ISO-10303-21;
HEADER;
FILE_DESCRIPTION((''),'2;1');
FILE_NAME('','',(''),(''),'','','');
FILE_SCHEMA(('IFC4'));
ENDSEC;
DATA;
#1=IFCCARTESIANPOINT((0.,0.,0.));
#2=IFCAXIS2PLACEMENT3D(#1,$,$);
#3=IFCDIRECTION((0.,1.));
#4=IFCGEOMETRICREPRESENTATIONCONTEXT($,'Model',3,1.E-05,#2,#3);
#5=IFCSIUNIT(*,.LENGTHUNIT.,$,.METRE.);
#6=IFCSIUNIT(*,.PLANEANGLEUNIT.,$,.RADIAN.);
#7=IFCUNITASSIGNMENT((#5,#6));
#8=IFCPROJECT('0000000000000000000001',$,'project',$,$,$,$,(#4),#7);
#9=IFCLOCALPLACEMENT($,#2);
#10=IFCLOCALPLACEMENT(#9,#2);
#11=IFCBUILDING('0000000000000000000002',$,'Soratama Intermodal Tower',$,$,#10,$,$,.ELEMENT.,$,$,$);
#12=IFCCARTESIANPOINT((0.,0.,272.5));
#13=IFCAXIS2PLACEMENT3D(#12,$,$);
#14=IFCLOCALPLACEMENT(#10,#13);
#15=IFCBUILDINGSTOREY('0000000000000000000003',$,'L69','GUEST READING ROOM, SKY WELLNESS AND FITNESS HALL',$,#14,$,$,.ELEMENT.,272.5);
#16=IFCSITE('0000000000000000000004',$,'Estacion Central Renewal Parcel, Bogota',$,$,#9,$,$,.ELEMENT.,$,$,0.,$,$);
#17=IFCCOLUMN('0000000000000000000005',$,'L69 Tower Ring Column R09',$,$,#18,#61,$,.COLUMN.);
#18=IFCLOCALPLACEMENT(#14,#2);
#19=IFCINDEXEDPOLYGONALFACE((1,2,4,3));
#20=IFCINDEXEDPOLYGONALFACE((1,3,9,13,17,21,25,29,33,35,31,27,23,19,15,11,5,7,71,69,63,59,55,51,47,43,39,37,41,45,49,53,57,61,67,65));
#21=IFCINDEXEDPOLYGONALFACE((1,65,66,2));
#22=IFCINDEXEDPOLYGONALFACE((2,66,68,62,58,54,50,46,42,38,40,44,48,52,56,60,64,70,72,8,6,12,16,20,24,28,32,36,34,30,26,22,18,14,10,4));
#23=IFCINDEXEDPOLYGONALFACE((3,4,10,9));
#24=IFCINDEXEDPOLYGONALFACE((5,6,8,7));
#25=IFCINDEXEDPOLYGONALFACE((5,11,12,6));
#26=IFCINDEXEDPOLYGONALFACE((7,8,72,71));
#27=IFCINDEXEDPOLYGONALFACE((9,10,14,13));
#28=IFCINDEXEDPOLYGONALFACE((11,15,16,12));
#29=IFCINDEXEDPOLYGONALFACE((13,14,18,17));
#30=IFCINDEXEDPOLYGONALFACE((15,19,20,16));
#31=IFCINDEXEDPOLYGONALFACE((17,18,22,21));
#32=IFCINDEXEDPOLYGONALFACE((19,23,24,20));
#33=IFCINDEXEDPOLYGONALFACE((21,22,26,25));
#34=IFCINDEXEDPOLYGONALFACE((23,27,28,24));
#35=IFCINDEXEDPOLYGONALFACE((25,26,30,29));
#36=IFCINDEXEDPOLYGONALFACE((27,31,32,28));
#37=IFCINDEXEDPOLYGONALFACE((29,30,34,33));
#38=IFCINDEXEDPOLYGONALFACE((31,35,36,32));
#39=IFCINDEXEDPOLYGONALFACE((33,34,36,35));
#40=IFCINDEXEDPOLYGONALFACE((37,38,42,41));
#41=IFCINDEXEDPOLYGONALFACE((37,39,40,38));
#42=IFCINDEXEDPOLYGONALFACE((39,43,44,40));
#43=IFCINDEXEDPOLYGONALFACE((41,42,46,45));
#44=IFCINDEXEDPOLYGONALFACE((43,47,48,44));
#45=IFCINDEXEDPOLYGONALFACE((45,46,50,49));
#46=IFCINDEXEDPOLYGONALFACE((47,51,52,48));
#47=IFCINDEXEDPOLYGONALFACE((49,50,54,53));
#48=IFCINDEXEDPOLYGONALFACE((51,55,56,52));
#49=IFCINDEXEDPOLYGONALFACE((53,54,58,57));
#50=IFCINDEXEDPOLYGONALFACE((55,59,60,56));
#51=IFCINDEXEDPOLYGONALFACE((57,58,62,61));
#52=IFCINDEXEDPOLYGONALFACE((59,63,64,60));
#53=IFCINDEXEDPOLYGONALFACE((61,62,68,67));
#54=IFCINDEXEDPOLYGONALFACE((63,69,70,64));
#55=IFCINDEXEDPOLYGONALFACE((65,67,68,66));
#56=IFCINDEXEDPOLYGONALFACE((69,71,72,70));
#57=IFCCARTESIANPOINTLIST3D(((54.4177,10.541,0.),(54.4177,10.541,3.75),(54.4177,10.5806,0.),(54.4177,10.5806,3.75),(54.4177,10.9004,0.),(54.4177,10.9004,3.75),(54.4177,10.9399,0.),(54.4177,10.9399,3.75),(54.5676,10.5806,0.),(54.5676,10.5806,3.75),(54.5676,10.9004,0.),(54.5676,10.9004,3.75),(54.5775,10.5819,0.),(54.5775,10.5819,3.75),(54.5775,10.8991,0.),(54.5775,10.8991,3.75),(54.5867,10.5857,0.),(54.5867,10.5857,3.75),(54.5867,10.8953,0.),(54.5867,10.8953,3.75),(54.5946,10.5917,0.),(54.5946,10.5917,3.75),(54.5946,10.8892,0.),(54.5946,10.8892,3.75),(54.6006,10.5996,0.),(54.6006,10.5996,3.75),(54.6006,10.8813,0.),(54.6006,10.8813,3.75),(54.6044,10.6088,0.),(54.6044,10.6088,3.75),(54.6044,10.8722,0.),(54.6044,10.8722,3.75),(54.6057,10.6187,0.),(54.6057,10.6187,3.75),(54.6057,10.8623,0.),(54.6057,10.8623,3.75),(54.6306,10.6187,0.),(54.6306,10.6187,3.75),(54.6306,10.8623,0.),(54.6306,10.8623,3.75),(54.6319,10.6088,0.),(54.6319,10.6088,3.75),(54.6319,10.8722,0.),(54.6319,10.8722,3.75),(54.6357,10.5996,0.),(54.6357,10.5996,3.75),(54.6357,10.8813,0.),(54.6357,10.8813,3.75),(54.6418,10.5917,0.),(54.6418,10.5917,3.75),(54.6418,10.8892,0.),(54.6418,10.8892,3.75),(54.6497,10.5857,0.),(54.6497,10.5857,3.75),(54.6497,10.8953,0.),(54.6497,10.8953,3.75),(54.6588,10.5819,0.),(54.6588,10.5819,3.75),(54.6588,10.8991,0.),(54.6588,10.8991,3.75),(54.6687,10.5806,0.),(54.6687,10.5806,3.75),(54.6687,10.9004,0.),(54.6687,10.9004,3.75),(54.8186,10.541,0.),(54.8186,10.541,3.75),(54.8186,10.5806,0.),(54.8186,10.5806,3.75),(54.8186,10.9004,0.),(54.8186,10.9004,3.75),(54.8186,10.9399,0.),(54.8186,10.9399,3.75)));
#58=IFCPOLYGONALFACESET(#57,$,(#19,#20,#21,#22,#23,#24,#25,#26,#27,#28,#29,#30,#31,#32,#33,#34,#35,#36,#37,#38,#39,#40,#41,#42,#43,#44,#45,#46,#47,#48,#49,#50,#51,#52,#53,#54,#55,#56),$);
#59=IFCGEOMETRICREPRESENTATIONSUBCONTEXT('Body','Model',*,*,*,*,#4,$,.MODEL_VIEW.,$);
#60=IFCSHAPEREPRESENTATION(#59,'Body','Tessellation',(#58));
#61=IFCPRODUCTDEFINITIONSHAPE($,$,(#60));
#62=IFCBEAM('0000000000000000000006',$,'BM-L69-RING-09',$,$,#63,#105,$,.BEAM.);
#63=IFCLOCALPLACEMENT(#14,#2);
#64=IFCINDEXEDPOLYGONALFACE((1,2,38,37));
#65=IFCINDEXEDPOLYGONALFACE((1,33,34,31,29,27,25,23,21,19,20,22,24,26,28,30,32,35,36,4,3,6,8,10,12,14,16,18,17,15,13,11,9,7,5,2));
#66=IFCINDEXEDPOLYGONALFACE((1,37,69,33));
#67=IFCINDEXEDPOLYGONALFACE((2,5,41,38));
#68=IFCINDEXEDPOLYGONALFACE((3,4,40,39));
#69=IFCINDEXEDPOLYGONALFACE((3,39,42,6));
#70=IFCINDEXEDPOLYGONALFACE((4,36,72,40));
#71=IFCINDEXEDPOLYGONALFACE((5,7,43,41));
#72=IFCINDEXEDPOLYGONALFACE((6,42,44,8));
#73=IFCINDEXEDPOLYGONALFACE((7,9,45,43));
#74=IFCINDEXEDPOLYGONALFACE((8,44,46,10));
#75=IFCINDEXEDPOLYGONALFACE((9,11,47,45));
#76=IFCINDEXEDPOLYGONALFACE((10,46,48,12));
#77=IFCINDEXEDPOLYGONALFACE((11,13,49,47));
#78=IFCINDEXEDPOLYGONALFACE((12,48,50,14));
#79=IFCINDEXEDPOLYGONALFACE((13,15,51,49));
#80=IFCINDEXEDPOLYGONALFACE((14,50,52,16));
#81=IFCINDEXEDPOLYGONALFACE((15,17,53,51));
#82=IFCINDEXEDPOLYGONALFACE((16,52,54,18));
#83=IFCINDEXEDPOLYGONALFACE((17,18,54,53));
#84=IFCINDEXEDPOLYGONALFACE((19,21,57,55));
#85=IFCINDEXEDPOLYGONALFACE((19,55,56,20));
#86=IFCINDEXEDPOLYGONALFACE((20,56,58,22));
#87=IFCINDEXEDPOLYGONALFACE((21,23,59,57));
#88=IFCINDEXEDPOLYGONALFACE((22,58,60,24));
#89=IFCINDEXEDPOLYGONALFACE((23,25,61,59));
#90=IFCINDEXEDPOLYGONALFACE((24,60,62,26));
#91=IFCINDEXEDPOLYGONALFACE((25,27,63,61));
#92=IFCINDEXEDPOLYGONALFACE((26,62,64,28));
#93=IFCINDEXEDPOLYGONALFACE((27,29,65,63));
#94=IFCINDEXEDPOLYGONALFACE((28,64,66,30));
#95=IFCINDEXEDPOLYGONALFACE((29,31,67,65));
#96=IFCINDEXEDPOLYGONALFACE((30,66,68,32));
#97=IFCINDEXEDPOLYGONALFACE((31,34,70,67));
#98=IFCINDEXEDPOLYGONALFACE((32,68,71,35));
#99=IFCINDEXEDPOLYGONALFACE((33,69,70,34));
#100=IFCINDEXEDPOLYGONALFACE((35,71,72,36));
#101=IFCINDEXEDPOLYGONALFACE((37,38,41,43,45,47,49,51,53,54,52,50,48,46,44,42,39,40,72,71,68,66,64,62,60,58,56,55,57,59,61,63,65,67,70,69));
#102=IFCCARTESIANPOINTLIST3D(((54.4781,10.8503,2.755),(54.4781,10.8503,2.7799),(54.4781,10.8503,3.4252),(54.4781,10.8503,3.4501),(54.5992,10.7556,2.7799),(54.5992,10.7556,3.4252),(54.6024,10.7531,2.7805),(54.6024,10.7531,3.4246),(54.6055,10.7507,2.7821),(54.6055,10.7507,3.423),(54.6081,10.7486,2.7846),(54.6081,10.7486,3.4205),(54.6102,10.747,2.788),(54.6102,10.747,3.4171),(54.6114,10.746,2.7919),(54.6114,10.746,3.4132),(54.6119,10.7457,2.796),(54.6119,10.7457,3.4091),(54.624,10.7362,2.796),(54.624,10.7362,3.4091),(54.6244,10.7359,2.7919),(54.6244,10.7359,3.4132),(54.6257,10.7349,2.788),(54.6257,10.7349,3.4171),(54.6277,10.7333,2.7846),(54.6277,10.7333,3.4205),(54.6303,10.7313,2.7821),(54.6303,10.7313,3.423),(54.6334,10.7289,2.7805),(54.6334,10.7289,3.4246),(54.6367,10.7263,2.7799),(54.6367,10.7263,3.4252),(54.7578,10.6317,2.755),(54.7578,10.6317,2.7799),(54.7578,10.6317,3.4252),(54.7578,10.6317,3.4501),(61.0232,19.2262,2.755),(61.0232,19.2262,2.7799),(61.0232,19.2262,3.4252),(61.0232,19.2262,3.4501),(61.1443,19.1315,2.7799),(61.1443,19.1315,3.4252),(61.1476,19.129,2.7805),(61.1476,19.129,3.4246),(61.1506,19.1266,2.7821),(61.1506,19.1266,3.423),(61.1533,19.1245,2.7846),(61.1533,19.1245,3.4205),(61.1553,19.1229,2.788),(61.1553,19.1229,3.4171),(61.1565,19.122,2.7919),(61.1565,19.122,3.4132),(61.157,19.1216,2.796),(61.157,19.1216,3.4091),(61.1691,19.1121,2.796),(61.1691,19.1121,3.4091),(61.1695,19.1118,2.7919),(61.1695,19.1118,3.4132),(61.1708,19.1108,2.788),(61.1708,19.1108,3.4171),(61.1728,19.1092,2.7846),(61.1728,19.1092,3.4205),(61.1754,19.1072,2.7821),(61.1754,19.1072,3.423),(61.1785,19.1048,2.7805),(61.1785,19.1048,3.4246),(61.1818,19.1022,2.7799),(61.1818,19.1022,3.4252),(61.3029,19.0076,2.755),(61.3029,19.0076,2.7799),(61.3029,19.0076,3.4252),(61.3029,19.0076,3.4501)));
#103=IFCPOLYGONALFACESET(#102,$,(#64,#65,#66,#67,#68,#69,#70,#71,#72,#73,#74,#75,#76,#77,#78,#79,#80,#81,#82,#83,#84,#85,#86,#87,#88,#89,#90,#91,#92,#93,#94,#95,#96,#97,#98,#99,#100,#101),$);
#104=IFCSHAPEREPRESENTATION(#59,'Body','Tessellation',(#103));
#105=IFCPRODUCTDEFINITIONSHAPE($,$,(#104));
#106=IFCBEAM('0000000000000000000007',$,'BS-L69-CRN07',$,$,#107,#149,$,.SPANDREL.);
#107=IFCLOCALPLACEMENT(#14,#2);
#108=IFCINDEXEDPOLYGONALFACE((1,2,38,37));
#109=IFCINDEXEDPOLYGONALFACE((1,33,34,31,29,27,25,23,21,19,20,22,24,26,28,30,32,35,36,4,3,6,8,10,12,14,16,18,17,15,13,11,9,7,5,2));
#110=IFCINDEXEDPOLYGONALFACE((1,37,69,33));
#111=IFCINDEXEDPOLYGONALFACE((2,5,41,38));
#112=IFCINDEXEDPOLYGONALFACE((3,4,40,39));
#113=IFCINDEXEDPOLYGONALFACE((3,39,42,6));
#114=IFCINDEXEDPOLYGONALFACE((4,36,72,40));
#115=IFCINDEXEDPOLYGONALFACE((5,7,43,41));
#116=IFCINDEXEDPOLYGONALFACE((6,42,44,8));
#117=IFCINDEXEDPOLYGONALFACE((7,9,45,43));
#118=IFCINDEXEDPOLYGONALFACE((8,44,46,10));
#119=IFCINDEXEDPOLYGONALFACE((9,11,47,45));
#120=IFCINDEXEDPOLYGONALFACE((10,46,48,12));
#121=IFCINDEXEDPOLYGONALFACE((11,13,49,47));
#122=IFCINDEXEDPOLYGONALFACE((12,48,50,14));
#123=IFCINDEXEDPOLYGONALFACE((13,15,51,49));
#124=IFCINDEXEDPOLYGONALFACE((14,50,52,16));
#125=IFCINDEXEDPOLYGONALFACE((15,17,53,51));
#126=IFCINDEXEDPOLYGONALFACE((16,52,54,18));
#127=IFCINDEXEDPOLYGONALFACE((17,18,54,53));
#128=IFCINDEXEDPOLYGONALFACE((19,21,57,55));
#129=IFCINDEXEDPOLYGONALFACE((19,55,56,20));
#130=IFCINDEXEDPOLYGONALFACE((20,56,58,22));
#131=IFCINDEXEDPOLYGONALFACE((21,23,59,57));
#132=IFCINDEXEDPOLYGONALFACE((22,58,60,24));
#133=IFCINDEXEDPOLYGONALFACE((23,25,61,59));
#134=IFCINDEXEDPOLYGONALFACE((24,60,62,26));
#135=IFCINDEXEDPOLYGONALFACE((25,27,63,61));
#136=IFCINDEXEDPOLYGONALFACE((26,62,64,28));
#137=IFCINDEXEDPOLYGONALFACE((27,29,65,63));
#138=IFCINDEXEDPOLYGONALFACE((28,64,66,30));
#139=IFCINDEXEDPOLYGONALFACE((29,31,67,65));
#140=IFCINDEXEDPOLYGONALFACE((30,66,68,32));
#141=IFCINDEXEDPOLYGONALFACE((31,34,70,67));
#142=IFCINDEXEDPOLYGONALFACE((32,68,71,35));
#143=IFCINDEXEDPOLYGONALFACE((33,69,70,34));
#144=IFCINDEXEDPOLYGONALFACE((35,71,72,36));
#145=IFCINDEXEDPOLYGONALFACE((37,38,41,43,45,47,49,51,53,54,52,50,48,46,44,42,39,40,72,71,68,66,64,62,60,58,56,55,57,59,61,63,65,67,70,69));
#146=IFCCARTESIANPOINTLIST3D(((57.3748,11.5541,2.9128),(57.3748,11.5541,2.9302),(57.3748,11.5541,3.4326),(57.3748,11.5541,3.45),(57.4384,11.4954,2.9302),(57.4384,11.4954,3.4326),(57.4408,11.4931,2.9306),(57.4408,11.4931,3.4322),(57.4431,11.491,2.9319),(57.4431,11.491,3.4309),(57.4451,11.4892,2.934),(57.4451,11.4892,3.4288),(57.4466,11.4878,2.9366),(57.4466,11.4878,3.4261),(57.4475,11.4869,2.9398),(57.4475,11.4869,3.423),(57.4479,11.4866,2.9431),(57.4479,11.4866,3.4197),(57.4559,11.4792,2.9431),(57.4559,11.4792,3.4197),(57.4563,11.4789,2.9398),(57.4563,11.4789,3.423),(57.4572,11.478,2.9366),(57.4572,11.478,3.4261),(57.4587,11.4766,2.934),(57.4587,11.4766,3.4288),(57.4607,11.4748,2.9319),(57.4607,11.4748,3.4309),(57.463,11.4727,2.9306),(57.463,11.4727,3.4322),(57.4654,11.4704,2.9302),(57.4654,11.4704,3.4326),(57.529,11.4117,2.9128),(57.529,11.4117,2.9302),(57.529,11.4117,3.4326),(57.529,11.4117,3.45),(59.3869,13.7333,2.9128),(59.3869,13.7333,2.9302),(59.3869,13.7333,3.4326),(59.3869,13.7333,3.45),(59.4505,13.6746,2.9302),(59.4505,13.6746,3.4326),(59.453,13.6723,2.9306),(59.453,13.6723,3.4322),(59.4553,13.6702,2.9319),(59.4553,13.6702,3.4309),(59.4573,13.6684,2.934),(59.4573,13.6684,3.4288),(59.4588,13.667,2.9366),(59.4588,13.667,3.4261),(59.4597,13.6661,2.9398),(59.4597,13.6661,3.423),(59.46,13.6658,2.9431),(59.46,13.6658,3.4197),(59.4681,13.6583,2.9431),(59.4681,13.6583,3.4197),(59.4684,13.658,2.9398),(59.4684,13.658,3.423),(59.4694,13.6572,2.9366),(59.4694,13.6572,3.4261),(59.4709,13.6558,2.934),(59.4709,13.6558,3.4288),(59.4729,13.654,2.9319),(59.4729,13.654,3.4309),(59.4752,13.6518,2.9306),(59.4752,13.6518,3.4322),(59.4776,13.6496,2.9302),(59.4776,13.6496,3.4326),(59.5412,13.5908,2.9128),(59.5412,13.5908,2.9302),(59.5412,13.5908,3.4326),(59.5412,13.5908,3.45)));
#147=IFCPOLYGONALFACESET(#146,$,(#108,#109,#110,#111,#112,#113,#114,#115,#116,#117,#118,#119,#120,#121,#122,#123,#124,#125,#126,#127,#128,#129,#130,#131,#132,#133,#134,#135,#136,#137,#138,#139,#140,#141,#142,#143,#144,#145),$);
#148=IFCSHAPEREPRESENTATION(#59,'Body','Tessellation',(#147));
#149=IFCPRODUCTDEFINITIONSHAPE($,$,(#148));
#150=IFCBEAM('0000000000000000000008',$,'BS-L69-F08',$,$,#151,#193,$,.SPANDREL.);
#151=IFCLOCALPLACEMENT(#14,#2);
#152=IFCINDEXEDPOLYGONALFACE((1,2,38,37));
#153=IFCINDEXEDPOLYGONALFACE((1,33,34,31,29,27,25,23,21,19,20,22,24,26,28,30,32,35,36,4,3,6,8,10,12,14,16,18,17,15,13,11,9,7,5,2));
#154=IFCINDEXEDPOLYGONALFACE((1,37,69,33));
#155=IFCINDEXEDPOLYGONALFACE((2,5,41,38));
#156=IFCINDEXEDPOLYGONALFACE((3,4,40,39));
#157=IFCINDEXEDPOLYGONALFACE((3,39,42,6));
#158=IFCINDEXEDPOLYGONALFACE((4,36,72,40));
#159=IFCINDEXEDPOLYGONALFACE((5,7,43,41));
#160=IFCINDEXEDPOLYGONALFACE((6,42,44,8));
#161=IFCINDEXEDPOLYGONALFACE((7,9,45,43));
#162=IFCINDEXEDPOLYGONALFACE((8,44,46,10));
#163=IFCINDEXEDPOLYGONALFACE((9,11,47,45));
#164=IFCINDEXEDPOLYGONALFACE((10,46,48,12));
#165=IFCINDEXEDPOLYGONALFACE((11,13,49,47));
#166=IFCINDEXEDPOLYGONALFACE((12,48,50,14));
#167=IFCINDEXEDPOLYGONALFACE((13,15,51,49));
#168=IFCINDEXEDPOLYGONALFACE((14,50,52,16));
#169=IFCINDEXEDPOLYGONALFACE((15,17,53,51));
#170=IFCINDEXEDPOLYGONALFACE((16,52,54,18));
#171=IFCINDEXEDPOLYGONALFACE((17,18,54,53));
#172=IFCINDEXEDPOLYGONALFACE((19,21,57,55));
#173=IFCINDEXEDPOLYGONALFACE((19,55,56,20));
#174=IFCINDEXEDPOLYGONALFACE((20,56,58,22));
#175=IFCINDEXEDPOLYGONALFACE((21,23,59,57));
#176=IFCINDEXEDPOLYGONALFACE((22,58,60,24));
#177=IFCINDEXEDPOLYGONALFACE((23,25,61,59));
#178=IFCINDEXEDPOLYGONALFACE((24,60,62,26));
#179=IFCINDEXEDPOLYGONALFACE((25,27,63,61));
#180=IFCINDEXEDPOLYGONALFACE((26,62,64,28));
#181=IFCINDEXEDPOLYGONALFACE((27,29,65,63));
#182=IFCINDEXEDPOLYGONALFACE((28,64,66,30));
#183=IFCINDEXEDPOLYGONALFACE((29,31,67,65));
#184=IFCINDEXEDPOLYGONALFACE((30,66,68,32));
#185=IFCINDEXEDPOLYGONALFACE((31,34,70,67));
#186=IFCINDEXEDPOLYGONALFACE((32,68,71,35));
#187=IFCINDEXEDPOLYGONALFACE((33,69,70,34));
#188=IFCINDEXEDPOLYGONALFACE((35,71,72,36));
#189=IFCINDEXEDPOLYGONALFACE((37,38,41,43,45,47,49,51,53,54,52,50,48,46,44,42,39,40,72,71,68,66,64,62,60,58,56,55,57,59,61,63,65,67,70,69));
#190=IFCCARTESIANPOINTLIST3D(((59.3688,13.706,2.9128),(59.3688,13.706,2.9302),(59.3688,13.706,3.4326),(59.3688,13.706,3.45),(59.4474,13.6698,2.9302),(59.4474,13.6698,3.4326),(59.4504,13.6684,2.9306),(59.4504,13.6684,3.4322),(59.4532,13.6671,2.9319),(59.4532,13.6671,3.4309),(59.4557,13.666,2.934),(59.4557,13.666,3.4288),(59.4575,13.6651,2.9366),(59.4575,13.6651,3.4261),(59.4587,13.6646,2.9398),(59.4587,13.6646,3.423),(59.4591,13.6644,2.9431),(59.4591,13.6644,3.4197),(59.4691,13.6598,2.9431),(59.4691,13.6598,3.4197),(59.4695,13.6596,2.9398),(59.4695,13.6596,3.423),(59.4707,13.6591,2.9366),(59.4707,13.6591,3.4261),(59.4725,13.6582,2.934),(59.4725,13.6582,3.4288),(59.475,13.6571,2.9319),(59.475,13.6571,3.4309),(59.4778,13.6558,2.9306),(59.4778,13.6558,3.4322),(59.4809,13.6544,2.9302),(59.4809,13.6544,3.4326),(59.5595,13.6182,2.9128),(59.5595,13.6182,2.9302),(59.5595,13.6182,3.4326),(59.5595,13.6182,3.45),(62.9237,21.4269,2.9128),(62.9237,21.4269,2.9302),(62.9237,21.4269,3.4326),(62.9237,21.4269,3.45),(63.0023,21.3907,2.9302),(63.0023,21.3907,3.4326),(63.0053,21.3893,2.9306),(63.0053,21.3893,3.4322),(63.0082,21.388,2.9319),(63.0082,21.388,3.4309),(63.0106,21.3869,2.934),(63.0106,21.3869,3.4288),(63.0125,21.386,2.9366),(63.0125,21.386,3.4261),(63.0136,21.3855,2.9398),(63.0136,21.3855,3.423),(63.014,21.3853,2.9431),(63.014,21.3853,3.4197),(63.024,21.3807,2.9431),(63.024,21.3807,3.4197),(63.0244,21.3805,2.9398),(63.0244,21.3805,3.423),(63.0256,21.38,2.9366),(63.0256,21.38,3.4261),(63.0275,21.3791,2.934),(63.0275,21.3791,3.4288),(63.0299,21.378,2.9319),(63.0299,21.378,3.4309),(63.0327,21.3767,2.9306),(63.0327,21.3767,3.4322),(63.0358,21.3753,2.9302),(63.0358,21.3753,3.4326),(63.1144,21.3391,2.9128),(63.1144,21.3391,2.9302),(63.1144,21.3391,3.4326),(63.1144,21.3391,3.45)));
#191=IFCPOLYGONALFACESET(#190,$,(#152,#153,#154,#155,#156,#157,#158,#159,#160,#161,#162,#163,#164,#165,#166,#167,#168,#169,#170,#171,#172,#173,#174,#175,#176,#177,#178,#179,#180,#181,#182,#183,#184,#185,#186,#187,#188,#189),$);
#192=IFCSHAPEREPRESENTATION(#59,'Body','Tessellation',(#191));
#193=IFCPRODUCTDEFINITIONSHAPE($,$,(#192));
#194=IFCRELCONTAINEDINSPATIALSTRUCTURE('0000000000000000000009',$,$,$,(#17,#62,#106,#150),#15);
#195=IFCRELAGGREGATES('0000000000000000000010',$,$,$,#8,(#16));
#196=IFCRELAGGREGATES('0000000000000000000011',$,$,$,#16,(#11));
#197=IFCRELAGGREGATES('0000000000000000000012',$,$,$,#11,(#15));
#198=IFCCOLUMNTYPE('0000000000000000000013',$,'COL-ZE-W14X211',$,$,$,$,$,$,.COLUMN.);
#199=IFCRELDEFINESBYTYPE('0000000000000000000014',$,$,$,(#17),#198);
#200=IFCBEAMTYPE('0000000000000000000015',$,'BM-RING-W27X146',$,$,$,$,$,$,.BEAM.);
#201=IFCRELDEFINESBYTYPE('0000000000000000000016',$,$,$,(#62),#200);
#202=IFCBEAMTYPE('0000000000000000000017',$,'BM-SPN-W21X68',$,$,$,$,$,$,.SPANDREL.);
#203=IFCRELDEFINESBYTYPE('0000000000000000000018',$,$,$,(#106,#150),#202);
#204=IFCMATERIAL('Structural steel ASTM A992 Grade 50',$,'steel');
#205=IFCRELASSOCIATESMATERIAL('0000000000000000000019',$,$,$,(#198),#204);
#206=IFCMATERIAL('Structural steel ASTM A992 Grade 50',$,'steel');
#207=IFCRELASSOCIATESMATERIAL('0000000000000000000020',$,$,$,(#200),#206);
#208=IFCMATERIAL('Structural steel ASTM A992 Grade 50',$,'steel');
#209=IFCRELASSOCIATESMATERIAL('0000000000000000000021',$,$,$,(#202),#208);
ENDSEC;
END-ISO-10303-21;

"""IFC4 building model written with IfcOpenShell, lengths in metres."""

from ifc_helpers import new_model, si_unit, direction, frame, origin, origin_2d, place, context, subcontext, project, spatial, i_section, extrude, material, material_profile, profile_set, type_object, element, save


model = new_model("IFC4")

# Units and contexts
model_context = context("Model", 3, precision=1e-05, world=origin(), true_north=direction((0.0, 1.0)))
body_context = subcontext(model_context, "Body", "Model", "MODEL_VIEW")
ifc_project = project(units=[si_unit("LENGTHUNIT", "METRE"), si_unit("PLANEANGLEUNIT", "RADIAN")], contexts=[model_context])

# Site, building, storey
site_placement = place(None, origin())
site = spatial("IfcSite", under=ifc_project, at=site_placement, Name="Estacion Central Renewal Parcel, Bogota", CompositionType="ELEMENT", RefElevation=0.0)
building_placement = place(site_placement, origin())
building = spatial("IfcBuilding", under=site, at=building_placement, Name="Soratama Intermodal Tower", CompositionType="ELEMENT")
storey_placement = place(building_placement, frame((0.0, 0.0, 272.5)))
storey = spatial("IfcBuildingStorey", under=building, at=storey_placement, Name="L69", Description="GUEST READING ROOM, SKY WELLNESS AND FITNESS HALL", CompositionType="ELEMENT", Elevation=272.5)

# Column
ifc_material_1 = material(Name="Structural steel ASTM A992 Grade 50", Category="steel")
ifc_material_profile_1 = material_profile(ifc_material_1, i_section(OverallWidth=0.4009, OverallDepth=0.3989, WebThickness=0.0249, FlangeThickness=0.0396, FilletRadius=0.0381, at=origin_2d()), Name="W14X211")
ifc_profile_set_1 = profile_set([ifc_material_profile_1], Name="Structural steel ASTM A992 Grade 50")
column_type = type_object("IfcColumnType", Name="COL-ZE-W14X211", PredefinedType="COLUMN", material=ifc_profile_set_1)
column_placement = place(storey_placement, frame((54.6182, 10.7405, 0.0), z_axis=(0.0, 0.0, 1.0), x_axis=(1.0, 0.0, 0.0)))
element("IfcColumn", 1, at=column_placement, inside=storey, type_object=column_type, Name="L69 Tower Ring Column R09", PredefinedType="COLUMN", context=body_context, shape_type="SweptSolid", body=[
    extrude(i_section(OverallWidth=0.4009, OverallDepth=0.3989, WebThickness=0.0249, FlangeThickness=0.0396, FilletRadius=0.0381, at=origin_2d()), origin(), (0.0, 0.0, 1.0), 3.75),
])

# Beams
ifc_material_2 = material(Name="Structural steel ASTM A992 Grade 50", Category="steel")
ifc_material_profile_2 = material_profile(ifc_material_2, i_section(OverallWidth=0.355, OverallDepth=0.6951, WebThickness=0.0154, FlangeThickness=0.0249, FilletRadius=0.0161, at=origin_2d()), Name="W27X146")
ifc_profile_set_2 = profile_set([ifc_material_profile_2], Name="Structural steel ASTM A992 Grade 50")
beam_type_1 = type_object("IfcBeamType", Name="BM-RING-W27X146", PredefinedType="BEAM", material=ifc_profile_set_2)
beam_1_placement = place(storey_placement, frame((54.6179, 10.741, 3.1025), z_axis=(0.615728, 0.787959, 0.0), x_axis=(-0.787959, 0.615728, 0.0)))
element("IfcBeam", 2, at=beam_1_placement, inside=storey, type_object=beam_type_1, Name="BM-L69-RING-09", PredefinedType="BEAM", context=body_context, shape_type="SweptSolid", body=[
    extrude(i_section(OverallWidth=0.355, OverallDepth=0.6951, WebThickness=0.0154, FlangeThickness=0.0249, FilletRadius=0.0161, at=origin_2d()), origin(), (0.0, 0.0, 1.0), 10.6299),
])
ifc_material_3 = material(Name="Structural steel ASTM A992 Grade 50", Category="steel")
ifc_material_profile_3 = material_profile(ifc_material_3, i_section(OverallWidth=0.21, OverallDepth=0.5371, WebThickness=0.011, FlangeThickness=0.0173, FilletRadius=0.0129, at=origin_2d()), Name="W21X68")
ifc_profile_set_3 = profile_set([ifc_material_profile_3], Name="Structural steel ASTM A992 Grade 50")
beam_type_2 = type_object("IfcBeamType", Name="BM-SPN-W21X68", PredefinedType="SPANDREL", material=ifc_profile_set_3)
beam_2_placement = place(storey_placement, frame((57.4519, 11.4829, 3.1814), z_axis=(0.678396, 0.734696, 0.0), x_axis=(-0.734696, 0.678396, 0.0)))
element("IfcBeam", 3, at=beam_2_placement, inside=storey, type_object=beam_type_2, Name="BS-L69-CRN07", PredefinedType="SPANDREL", context=body_context, shape_type="SweptSolid", body=[
    extrude(i_section(OverallWidth=0.21, OverallDepth=0.5371, WebThickness=0.011, FlangeThickness=0.0173, FilletRadius=0.0129, at=origin_2d()), origin(), (0.0, 0.0, 1.0), 2.9661),
])
beam_3_placement = place(storey_placement, frame((59.4641, 13.6621, 3.1814), z_axis=(0.418226, 0.908343, 0.0), x_axis=(-0.908343, 0.418226, 0.0)))
element("IfcBeam", 4, at=beam_3_placement, inside=storey, type_object=beam_type_2, Name="BS-L69-F08", PredefinedType="SPANDREL", context=body_context, shape_type="SweptSolid", body=[
    extrude(i_section(OverallWidth=0.21, OverallDepth=0.5371, WebThickness=0.011, FlangeThickness=0.0173, FilletRadius=0.0129, at=origin_2d()), origin(), (0.0, 0.0, 1.0), 8.5),
])

save(model, "model.ifc")
